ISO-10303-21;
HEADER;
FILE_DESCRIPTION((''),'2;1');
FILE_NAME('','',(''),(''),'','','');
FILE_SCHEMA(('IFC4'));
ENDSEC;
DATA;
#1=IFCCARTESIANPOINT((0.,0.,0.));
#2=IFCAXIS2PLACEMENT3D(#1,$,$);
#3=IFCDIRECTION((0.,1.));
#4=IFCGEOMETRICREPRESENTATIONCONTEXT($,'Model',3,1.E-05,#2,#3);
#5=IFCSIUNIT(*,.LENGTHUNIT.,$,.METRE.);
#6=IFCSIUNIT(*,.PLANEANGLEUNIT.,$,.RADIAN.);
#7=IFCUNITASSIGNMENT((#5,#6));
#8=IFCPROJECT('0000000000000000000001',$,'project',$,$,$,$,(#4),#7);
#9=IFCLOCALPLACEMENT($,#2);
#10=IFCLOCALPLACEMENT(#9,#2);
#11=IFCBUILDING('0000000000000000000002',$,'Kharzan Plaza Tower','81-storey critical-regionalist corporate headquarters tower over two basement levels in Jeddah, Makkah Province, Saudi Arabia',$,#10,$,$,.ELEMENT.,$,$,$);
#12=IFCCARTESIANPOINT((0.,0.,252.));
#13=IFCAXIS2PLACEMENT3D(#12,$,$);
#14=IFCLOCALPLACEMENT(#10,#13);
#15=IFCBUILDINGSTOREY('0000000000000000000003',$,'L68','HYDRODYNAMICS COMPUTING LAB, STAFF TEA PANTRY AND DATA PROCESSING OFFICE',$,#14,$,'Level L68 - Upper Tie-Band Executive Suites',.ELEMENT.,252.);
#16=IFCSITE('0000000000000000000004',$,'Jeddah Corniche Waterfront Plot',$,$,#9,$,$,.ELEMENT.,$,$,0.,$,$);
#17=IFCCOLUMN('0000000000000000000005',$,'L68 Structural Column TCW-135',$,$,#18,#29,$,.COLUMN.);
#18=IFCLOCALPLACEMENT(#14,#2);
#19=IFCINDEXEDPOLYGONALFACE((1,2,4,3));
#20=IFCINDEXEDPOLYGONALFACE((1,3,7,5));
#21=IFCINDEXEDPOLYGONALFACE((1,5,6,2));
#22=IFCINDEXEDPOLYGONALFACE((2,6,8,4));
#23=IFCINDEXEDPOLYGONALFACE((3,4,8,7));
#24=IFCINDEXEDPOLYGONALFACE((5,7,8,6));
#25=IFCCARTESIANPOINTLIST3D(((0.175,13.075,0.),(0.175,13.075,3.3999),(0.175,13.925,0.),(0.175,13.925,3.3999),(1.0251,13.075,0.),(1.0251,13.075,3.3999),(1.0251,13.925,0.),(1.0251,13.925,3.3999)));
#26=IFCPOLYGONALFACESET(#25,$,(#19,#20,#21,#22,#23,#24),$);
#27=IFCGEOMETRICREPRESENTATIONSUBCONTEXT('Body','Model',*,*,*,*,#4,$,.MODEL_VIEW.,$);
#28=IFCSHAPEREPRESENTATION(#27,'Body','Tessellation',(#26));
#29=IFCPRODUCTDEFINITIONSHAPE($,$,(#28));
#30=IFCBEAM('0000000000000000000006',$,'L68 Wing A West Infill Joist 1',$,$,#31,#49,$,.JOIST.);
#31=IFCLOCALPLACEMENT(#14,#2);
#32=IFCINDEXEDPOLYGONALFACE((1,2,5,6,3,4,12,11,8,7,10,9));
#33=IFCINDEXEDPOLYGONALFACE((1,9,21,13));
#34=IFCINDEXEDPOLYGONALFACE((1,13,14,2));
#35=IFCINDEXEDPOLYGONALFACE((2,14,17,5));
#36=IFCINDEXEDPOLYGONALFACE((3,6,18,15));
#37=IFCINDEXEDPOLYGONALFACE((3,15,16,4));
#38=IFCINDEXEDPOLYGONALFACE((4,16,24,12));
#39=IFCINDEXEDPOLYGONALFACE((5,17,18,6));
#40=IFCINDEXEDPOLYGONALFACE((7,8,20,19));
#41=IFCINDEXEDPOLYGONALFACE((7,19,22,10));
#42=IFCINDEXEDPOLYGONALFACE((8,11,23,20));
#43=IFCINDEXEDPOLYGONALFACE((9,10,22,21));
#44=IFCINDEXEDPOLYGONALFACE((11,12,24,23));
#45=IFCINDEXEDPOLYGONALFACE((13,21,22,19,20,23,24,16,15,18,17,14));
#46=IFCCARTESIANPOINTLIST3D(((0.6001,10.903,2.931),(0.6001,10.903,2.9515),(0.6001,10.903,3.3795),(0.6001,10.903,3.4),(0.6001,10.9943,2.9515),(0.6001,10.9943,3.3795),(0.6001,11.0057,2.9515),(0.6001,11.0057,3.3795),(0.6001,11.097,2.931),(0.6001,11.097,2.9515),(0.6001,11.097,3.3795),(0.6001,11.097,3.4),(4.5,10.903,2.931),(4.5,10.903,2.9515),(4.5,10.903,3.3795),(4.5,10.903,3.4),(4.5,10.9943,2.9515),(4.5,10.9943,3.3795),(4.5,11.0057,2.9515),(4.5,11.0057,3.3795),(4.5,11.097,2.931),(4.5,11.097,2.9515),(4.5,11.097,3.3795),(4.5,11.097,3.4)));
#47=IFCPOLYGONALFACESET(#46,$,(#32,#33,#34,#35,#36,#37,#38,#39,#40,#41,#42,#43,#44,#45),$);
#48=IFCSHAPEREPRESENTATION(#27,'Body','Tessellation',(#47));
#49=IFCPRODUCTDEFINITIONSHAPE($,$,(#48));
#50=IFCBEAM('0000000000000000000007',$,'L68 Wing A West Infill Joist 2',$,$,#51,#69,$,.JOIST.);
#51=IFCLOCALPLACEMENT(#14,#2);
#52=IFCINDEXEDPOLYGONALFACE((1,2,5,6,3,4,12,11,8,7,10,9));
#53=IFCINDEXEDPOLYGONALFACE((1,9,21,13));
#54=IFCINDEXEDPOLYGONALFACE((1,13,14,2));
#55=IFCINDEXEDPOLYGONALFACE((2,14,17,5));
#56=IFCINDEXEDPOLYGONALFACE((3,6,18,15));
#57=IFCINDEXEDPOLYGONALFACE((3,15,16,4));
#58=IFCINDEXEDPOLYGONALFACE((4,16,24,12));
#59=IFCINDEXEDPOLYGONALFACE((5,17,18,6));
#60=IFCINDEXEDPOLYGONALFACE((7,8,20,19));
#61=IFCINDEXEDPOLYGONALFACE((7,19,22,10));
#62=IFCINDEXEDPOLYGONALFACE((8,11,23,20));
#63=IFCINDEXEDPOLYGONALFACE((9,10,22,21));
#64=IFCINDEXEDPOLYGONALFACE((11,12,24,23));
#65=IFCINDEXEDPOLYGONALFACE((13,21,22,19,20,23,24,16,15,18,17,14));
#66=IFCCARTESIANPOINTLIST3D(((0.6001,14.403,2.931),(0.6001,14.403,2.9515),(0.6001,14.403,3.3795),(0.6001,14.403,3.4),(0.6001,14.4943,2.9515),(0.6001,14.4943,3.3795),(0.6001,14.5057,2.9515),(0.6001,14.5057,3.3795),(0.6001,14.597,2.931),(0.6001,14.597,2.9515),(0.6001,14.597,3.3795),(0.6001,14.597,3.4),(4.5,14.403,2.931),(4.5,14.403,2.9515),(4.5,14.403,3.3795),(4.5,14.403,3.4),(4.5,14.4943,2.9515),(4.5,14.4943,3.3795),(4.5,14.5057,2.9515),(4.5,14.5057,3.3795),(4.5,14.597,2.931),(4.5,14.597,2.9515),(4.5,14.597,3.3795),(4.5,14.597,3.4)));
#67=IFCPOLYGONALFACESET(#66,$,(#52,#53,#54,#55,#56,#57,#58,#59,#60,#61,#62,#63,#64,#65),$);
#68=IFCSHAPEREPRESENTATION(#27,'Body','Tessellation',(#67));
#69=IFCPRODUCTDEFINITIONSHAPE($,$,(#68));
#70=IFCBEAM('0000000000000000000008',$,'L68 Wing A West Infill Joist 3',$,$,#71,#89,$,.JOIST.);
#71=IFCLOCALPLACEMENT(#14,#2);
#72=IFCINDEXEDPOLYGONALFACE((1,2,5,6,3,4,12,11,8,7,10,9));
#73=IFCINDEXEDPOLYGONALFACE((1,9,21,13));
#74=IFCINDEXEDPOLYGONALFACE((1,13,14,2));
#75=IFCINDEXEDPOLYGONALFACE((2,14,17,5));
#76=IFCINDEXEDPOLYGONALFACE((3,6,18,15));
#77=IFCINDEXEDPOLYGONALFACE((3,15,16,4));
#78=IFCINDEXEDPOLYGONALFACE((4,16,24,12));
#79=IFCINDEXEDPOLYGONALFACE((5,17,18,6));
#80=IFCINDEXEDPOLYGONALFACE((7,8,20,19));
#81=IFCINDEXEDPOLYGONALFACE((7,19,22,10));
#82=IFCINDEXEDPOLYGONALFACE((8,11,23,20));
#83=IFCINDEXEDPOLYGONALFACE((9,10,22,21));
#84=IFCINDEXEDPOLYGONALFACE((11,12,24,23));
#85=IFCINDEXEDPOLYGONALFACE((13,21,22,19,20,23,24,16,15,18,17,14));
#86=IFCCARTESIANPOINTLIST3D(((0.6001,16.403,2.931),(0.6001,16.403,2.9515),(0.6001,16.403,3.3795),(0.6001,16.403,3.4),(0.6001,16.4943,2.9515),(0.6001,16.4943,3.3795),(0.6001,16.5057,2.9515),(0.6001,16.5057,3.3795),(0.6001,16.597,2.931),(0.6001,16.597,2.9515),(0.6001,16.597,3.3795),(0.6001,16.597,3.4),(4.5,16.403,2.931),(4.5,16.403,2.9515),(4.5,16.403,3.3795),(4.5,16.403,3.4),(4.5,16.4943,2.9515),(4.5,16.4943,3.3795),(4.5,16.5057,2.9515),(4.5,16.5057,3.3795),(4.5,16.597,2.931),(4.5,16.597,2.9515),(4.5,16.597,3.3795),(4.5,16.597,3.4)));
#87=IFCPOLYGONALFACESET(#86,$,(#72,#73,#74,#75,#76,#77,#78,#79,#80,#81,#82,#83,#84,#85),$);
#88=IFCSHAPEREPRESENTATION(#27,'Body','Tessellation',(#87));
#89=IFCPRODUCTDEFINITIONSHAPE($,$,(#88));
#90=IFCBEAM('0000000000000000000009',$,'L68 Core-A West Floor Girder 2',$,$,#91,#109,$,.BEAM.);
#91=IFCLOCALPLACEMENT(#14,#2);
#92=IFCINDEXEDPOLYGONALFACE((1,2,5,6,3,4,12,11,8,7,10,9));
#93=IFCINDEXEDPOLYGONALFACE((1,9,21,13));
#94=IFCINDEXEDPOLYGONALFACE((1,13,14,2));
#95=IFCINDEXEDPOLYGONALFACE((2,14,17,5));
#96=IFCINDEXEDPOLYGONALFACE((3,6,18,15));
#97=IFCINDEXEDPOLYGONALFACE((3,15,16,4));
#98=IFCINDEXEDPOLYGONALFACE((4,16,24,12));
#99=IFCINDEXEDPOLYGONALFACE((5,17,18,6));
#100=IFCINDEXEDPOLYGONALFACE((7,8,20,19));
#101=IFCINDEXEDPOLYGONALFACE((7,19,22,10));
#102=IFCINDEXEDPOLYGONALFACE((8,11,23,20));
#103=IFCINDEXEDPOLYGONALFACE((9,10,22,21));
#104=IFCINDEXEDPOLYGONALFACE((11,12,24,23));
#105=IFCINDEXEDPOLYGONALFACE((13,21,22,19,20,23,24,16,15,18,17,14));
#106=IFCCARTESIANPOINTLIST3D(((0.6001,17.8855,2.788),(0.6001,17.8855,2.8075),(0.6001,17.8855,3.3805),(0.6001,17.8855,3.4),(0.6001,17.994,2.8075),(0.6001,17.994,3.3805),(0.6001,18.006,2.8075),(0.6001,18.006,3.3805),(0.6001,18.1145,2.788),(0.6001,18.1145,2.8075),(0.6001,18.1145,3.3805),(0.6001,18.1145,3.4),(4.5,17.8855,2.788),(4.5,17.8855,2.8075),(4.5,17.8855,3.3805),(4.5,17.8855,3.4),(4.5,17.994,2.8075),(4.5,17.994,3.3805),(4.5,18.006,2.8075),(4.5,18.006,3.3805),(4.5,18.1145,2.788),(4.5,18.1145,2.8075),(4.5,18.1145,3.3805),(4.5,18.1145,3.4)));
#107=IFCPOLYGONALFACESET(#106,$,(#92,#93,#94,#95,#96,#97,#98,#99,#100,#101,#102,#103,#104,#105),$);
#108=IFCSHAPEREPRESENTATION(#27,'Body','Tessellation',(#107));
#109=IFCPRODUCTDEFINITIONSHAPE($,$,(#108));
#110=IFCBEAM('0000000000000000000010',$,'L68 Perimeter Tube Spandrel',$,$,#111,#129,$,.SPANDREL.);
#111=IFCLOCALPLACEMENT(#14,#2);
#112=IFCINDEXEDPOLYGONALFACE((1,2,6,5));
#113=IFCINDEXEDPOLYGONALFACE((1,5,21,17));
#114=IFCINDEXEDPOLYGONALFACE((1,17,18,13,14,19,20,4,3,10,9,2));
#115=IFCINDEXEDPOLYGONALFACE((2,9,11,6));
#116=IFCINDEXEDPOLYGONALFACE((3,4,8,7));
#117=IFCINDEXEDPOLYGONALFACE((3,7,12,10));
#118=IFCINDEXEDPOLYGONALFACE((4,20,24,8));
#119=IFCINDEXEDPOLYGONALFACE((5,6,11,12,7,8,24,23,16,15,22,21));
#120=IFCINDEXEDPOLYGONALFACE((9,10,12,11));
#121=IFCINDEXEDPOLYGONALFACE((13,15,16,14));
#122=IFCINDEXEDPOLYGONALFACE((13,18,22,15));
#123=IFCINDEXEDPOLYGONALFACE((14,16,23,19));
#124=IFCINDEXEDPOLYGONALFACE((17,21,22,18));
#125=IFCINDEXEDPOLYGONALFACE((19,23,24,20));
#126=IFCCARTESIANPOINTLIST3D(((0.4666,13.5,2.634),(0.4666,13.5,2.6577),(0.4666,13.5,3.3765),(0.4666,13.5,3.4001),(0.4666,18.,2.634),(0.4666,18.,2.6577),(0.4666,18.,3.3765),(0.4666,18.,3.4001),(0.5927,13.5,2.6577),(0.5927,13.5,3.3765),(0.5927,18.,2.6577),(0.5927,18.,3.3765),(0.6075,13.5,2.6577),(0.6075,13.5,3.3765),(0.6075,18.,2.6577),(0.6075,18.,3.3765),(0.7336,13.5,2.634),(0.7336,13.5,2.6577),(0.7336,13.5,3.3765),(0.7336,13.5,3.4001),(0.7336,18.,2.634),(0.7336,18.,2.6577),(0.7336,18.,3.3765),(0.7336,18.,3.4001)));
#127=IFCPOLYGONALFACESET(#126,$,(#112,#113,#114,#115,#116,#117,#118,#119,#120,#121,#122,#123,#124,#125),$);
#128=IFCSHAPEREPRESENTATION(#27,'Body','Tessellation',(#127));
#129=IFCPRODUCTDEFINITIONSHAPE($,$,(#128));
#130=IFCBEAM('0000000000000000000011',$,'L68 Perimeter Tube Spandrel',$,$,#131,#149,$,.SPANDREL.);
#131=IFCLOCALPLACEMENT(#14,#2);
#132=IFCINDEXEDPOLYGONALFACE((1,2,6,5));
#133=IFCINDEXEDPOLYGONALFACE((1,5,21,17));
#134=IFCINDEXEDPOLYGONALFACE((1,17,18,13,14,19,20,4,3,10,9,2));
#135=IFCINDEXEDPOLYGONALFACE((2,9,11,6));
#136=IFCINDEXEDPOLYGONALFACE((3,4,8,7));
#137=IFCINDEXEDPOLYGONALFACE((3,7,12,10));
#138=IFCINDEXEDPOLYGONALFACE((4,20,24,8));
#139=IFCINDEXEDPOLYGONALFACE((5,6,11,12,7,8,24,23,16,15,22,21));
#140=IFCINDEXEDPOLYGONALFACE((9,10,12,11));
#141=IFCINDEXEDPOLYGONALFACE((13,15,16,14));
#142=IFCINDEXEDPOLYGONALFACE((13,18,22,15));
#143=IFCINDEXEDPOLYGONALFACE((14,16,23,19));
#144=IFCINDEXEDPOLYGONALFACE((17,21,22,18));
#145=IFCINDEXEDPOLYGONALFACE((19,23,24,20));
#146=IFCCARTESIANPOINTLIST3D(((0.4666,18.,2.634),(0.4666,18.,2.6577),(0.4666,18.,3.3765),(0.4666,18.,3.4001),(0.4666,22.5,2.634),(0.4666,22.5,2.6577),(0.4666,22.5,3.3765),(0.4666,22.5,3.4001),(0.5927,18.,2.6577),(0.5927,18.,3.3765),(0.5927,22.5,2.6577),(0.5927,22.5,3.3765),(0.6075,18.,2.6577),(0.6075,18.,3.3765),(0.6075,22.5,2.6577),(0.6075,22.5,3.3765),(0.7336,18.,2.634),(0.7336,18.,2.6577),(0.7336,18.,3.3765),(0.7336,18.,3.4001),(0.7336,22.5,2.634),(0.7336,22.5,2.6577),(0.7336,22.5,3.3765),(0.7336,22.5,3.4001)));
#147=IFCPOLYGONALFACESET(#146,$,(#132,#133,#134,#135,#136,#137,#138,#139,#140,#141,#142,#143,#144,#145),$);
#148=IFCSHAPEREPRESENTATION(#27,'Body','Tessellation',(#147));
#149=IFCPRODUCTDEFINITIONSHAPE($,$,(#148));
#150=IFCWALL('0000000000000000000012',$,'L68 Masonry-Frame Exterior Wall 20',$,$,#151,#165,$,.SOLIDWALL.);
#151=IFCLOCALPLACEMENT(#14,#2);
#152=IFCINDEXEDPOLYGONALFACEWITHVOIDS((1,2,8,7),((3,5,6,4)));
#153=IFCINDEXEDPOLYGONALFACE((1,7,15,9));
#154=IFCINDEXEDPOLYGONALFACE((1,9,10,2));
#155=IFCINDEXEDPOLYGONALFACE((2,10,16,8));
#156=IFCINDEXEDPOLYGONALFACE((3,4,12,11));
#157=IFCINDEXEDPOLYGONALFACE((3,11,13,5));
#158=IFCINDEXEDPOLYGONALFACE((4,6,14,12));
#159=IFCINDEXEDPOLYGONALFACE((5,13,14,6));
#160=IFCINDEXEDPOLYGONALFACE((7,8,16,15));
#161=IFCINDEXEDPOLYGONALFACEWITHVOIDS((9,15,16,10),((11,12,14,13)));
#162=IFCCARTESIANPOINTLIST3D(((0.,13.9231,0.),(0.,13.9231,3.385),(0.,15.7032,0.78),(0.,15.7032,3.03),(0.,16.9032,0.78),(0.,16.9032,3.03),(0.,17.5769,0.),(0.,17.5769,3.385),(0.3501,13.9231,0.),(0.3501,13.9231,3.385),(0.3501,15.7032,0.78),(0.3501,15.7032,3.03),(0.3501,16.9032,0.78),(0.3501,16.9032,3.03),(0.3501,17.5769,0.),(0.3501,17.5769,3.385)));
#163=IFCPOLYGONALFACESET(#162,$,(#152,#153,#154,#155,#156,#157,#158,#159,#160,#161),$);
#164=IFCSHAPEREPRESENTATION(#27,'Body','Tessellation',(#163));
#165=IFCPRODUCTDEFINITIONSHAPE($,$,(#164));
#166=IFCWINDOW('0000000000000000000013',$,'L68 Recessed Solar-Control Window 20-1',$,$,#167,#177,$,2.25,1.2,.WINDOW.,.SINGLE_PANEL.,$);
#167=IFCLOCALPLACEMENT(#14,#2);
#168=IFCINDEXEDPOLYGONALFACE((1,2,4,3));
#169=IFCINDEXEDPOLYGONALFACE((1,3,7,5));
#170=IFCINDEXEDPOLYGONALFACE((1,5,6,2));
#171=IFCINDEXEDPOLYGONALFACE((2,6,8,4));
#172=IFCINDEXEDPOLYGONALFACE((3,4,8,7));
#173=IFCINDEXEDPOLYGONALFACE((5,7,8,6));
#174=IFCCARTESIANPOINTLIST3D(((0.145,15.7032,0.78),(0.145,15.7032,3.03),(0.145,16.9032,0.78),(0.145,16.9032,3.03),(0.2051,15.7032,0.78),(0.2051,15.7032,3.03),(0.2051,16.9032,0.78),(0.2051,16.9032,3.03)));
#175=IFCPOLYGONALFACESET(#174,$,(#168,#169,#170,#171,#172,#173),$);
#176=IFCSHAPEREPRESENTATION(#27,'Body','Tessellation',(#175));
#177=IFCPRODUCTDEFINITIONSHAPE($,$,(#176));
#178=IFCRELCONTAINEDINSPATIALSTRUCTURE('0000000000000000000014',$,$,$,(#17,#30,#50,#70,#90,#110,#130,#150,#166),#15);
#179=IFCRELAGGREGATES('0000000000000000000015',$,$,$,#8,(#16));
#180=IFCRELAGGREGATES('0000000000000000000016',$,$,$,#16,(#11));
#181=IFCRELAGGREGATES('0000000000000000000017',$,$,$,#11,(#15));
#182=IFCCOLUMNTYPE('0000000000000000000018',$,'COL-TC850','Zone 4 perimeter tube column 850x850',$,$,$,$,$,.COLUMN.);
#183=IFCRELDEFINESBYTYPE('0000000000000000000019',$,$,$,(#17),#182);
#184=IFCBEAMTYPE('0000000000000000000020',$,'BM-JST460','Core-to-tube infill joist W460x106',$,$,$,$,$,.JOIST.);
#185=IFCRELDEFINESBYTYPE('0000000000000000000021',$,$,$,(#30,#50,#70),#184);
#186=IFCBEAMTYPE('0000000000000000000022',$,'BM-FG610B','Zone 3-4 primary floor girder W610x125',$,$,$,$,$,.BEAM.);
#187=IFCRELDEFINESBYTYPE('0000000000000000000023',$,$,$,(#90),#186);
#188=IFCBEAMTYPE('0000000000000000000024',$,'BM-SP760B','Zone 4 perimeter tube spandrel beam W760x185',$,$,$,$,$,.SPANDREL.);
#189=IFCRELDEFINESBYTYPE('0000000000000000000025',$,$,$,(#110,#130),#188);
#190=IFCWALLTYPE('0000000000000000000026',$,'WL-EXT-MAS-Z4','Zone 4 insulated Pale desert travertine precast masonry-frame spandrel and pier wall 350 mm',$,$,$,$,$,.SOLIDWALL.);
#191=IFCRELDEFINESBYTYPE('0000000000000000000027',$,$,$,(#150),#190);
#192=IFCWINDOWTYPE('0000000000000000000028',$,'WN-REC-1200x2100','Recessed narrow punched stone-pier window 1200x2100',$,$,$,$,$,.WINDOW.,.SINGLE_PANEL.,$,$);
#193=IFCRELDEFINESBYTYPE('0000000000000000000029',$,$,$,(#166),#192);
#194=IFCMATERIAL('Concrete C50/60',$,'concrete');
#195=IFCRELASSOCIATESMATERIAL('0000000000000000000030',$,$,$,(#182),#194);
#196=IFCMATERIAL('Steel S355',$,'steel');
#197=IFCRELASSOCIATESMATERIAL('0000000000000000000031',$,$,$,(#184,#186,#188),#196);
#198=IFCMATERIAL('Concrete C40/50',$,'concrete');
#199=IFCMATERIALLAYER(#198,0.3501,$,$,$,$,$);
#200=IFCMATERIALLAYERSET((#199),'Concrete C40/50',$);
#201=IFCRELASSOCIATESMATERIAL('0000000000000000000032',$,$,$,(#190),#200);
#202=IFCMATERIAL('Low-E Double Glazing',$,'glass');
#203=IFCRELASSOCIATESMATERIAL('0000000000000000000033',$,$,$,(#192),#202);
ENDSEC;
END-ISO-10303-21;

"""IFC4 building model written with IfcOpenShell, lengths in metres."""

from ifc_helpers import new_model, si_unit, direction, frame, frame_2d, origin, origin_2d, place, context, subcontext, project, spatial, rectangle, i_section, extrude, source, transform, mapped, material, layer, layer_set, material_profile, profile_set, type_object, element, fill, save


model = new_model("IFC4")

# Units and contexts
model_context = context("Model", 3, precision=1e-05, world=origin(), true_north=direction((0.0, 1.0)))
body_context = subcontext(model_context, "Body", "Model", "MODEL_VIEW")
ifc_project = project(units=[si_unit("LENGTHUNIT", "METRE"), si_unit("PLANEANGLEUNIT", "RADIAN")], contexts=[model_context])

# Site, building, storey
site_placement = place(None, origin())
site = spatial("IfcSite", under=ifc_project, at=site_placement, Name="Jeddah Corniche Waterfront Plot", CompositionType="ELEMENT", RefElevation=0.0)
building_placement = place(site_placement, origin())
building = spatial("IfcBuilding", under=site, at=building_placement, Name="Kharzan Plaza Tower", Description="81-storey critical-regionalist corporate headquarters tower over two basement levels in Jeddah, Makkah Province, Saudi Arabia", CompositionType="ELEMENT")
storey_placement = place(building_placement, frame((0.0, 0.0, 252.0)))
storey = spatial("IfcBuildingStorey", under=building, at=storey_placement, Name="L68", Description="HYDRODYNAMICS COMPUTING LAB, STAFF TEA PANTRY AND DATA PROCESSING OFFICE", LongName="Level L68 - Upper Tie-Band Executive Suites", CompositionType="ELEMENT", Elevation=252.0)

# Column
ifc_material_1 = material(Name="Concrete C50/60", Category="concrete")
ifc_material_profile_1 = material_profile(ifc_material_1, rectangle(XDim=0.8501, YDim=0.8501, at=origin_2d()), Name="RC-TC850x850")
ifc_profile_set_1 = profile_set([ifc_material_profile_1], Name="Concrete C50/60")
column_type = type_object("IfcColumnType", Name="COL-TC850", Description="Zone 4 perimeter tube column 850x850", PredefinedType="COLUMN", material=ifc_profile_set_1)
shared_shape_1 = source(origin(), body_context, "Body", "SweptSolid", [
    extrude(rectangle(XDim=0.8501, YDim=0.8501, at=origin_2d()), origin(), (0.0, 0.0, 1.0), 3.3999),
])
column_placement = place(storey_placement, frame((0.6001, 13.5, 0.0), z_axis=(0.0, 0.0, 1.0), x_axis=(1.0, 0.0, 0.0)))
element("IfcColumn", 1, at=column_placement, inside=storey, type_object=column_type, Name="L68 Structural Column TCW-135", PredefinedType="COLUMN", context=body_context, shape_type="MappedRepresentation", body=[
    mapped(shared_shape_1, transform((0.0, 0.0, 0.0), x_axis=(1.0, 0.0, 0.0), y_axis=(0.0, 1.0, 0.0), z_axis=(0.0, 0.0, 1.0))),
])

# Beams
ifc_material_2 = material(Name="Steel S355", Category="steel")
ifc_material_profile_2 = material_profile(ifc_material_2, i_section(OverallWidth=0.1941, OverallDepth=0.469, WebThickness=0.0115, FlangeThickness=0.0205, at=origin_2d()), Name="W460x106")
ifc_profile_set_2 = profile_set([ifc_material_profile_2], Name="Steel S355")
beam_type_1 = type_object("IfcBeamType", Name="BM-JST460", Description="Core-to-tube infill joist W460x106", PredefinedType="JOIST", material=ifc_profile_set_2)
shared_shape_2 = source(origin(), body_context, "Body", "SweptSolid", [
    extrude(i_section(OverallWidth=0.1941, OverallDepth=0.469, WebThickness=0.0115, FlangeThickness=0.0205, at=origin_2d()), origin(), (0.0, 0.0, 1.0), 3.8999),
])
for number, where, z_axis, x_axis, name in (
    (2, (0.6001, 11.0, 3.1655), (1.0, 0.0, 0.0), (0.0, 1.0, 0.0), "L68 Wing A West Infill Joist 1"),
    (3, (0.6001, 14.5, 3.1655), (1.0, 0.0, 0.0), (0.0, 1.0, 0.0), "L68 Wing A West Infill Joist 2"),
    (4, (0.6001, 16.5, 3.1655), (1.0, 0.0, 0.0), (0.0, 1.0, 0.0), "L68 Wing A West Infill Joist 3"),
):
    element("IfcBeam", number, at=place(storey_placement, frame(where, z_axis=z_axis, x_axis=x_axis)), inside=storey, type_object=beam_type_1, Name=name, PredefinedType="JOIST", context=body_context, shape_type="MappedRepresentation", body=[
        mapped(shared_shape_2, transform((0.0, 0.0, 0.0), x_axis=(1.0, 0.0, 0.0), y_axis=(0.0, 1.0, 0.0), z_axis=(0.0, 0.0, 1.0))),
    ])
ifc_material_profile_3 = material_profile(ifc_material_2, i_section(OverallWidth=0.229, OverallDepth=0.6121, WebThickness=0.012, FlangeThickness=0.0195, at=origin_2d()), Name="W610x125")
ifc_profile_set_3 = profile_set([ifc_material_profile_3], Name="Steel S355")
beam_type_2 = type_object("IfcBeamType", Name="BM-FG610B", Description="Zone 3-4 primary floor girder W610x125", PredefinedType="BEAM", material=ifc_profile_set_3)
shared_shape_3 = source(origin(), body_context, "Body", "SweptSolid", [
    extrude(i_section(OverallWidth=0.229, OverallDepth=0.6121, WebThickness=0.012, FlangeThickness=0.0195, at=origin_2d()), origin(), (0.0, 0.0, 1.0), 3.8999),
])
beam_placement = place(storey_placement, frame((0.6001, 18.0, 3.094), z_axis=(1.0, 0.0, 0.0), x_axis=(0.0, 1.0, 0.0)))
element("IfcBeam", 5, at=beam_placement, inside=storey, type_object=beam_type_2, Name="L68 Core-A West Floor Girder 2", PredefinedType="BEAM", context=body_context, shape_type="MappedRepresentation", body=[
    mapped(shared_shape_3, transform((0.0, 0.0, 0.0), x_axis=(1.0, 0.0, 0.0), y_axis=(0.0, 1.0, 0.0), z_axis=(0.0, 0.0, 1.0))),
])
ifc_material_profile_4 = material_profile(ifc_material_2, i_section(OverallWidth=0.2671, OverallDepth=0.7661, WebThickness=0.0149, FlangeThickness=0.0237, at=origin_2d()), Name="W760x185")
ifc_profile_set_4 = profile_set([ifc_material_profile_4], Name="Steel S355")
beam_type_3 = type_object("IfcBeamType", Name="BM-SP760B", Description="Zone 4 perimeter tube spandrel beam W760x185", PredefinedType="SPANDREL", material=ifc_profile_set_4)
shared_shape_4 = source(origin(), body_context, "Body", "SweptSolid", [
    extrude(i_section(OverallWidth=0.2671, OverallDepth=0.7661, WebThickness=0.0149, FlangeThickness=0.0237, at=origin_2d()), origin(), (0.0, 0.0, 1.0), 4.5),
])
for number, where, z_axis, x_axis, name in (
    (6, (0.6001, 13.5, 3.0171), (0.0, 1.0, 0.0), (-1.0, 0.0, 0.0), "L68 Perimeter Tube Spandrel"),
    (7, (0.6001, 18.0, 3.0171), (0.0, 1.0, 0.0), (-1.0, 0.0, 0.0), "L68 Perimeter Tube Spandrel"),
):
    element("IfcBeam", number, at=place(storey_placement, frame(where, z_axis=z_axis, x_axis=x_axis)), inside=storey, type_object=beam_type_3, Name=name, PredefinedType="SPANDREL", context=body_context, shape_type="MappedRepresentation", body=[
        mapped(shared_shape_4, transform((0.0, 0.0, 0.0), x_axis=(1.0, 0.0, 0.0), y_axis=(0.0, 1.0, 0.0), z_axis=(0.0, 0.0, 1.0))),
    ])

# Wall, opening, window
ifc_material_3 = material(Name="Concrete C40/50", Category="concrete")
ifc_layer_1 = layer(ifc_material_3, 0.3501)
ifc_layer_set_1 = layer_set([ifc_layer_1], Name="Concrete C40/50")
wall_type_1 = type_object("IfcWallType", Name="WL-EXT-MAS-Z4", Description="Zone 4 insulated Pale desert travertine precast masonry-frame spandrel and pier wall 350 mm", PredefinedType="SOLIDWALL", material=ifc_layer_set_1)
wall_1_placement = place(storey_placement, frame((0.175, 17.5769, 0.0), z_axis=(0.0, 0.0, 1.0), x_axis=(0.0, -1.0, 0.0)))
wall_1 = element("IfcWall", 8, at=wall_1_placement, inside=storey, type_object=wall_type_1, Name="L68 Masonry-Frame Exterior Wall 20", PredefinedType="SOLIDWALL", context=body_context, shape_type="SweptSolid", body=[
    extrude(rectangle(XDim=3.6538, YDim=0.3501, at=frame_2d((1.8269, 0.0))), origin(), (0.0, 0.0, 1.0), 3.385),
])
opening_1_placement = place(wall_1_placement, frame((0.6736, 0.0, 0.78)))
opening_1 = element("IfcOpeningElement", 9, at=opening_1_placement, cuts=wall_1, PredefinedType="OPENING", context=body_context, shape_type="SweptSolid", body=[
    extrude(rectangle(XDim=1.2, YDim=2.25, at=frame_2d((0.6001, 1.125))), frame((0.0, 0.1851, 0.0), z_axis=(0.0, -1.0, 0.0), x_axis=(1.0, 0.0, 0.0)), (0.0, 0.0, 1.0), 0.3701),
])
ifc_material_4 = material(Name="Low-E Double Glazing", Category="glass")
window_type_1 = type_object("IfcWindowType", Name="WN-REC-1200x2100", Description="Recessed narrow punched stone-pier window 1200x2100", PartitioningType="SINGLE_PANEL", PredefinedType="WINDOW", material=ifc_material_4)
shared_shape_5 = source(origin(), body_context, "Body", "SweptSolid", [
    extrude(rectangle(XDim=1.2, YDim=2.25, at=frame_2d((0.6001, 1.125))), frame((0.0, 0.03, 0.0), z_axis=(0.0, -1.0, 0.0), x_axis=(1.0, 0.0, 0.0)), (0.0, 0.0, 1.0), 0.0601),
])
window_1_placement = place(opening_1_placement, origin())
window_1 = element("IfcWindow", 10, at=window_1_placement, inside=storey, type_object=window_type_1, Name="L68 Recessed Solar-Control Window 20-1", OverallHeight=2.25, OverallWidth=1.2, PartitioningType="SINGLE_PANEL", PredefinedType="WINDOW", context=body_context, shape_type="MappedRepresentation", body=[
    mapped(shared_shape_5, transform((0.0, 0.0, 0.0), x_axis=(1.0, 0.0, 0.0), y_axis=(0.0, 1.0, 0.0), z_axis=(0.0, 0.0, 1.0))),
])
fill(opening_1, window_1)

save(model, "model.ifc")
